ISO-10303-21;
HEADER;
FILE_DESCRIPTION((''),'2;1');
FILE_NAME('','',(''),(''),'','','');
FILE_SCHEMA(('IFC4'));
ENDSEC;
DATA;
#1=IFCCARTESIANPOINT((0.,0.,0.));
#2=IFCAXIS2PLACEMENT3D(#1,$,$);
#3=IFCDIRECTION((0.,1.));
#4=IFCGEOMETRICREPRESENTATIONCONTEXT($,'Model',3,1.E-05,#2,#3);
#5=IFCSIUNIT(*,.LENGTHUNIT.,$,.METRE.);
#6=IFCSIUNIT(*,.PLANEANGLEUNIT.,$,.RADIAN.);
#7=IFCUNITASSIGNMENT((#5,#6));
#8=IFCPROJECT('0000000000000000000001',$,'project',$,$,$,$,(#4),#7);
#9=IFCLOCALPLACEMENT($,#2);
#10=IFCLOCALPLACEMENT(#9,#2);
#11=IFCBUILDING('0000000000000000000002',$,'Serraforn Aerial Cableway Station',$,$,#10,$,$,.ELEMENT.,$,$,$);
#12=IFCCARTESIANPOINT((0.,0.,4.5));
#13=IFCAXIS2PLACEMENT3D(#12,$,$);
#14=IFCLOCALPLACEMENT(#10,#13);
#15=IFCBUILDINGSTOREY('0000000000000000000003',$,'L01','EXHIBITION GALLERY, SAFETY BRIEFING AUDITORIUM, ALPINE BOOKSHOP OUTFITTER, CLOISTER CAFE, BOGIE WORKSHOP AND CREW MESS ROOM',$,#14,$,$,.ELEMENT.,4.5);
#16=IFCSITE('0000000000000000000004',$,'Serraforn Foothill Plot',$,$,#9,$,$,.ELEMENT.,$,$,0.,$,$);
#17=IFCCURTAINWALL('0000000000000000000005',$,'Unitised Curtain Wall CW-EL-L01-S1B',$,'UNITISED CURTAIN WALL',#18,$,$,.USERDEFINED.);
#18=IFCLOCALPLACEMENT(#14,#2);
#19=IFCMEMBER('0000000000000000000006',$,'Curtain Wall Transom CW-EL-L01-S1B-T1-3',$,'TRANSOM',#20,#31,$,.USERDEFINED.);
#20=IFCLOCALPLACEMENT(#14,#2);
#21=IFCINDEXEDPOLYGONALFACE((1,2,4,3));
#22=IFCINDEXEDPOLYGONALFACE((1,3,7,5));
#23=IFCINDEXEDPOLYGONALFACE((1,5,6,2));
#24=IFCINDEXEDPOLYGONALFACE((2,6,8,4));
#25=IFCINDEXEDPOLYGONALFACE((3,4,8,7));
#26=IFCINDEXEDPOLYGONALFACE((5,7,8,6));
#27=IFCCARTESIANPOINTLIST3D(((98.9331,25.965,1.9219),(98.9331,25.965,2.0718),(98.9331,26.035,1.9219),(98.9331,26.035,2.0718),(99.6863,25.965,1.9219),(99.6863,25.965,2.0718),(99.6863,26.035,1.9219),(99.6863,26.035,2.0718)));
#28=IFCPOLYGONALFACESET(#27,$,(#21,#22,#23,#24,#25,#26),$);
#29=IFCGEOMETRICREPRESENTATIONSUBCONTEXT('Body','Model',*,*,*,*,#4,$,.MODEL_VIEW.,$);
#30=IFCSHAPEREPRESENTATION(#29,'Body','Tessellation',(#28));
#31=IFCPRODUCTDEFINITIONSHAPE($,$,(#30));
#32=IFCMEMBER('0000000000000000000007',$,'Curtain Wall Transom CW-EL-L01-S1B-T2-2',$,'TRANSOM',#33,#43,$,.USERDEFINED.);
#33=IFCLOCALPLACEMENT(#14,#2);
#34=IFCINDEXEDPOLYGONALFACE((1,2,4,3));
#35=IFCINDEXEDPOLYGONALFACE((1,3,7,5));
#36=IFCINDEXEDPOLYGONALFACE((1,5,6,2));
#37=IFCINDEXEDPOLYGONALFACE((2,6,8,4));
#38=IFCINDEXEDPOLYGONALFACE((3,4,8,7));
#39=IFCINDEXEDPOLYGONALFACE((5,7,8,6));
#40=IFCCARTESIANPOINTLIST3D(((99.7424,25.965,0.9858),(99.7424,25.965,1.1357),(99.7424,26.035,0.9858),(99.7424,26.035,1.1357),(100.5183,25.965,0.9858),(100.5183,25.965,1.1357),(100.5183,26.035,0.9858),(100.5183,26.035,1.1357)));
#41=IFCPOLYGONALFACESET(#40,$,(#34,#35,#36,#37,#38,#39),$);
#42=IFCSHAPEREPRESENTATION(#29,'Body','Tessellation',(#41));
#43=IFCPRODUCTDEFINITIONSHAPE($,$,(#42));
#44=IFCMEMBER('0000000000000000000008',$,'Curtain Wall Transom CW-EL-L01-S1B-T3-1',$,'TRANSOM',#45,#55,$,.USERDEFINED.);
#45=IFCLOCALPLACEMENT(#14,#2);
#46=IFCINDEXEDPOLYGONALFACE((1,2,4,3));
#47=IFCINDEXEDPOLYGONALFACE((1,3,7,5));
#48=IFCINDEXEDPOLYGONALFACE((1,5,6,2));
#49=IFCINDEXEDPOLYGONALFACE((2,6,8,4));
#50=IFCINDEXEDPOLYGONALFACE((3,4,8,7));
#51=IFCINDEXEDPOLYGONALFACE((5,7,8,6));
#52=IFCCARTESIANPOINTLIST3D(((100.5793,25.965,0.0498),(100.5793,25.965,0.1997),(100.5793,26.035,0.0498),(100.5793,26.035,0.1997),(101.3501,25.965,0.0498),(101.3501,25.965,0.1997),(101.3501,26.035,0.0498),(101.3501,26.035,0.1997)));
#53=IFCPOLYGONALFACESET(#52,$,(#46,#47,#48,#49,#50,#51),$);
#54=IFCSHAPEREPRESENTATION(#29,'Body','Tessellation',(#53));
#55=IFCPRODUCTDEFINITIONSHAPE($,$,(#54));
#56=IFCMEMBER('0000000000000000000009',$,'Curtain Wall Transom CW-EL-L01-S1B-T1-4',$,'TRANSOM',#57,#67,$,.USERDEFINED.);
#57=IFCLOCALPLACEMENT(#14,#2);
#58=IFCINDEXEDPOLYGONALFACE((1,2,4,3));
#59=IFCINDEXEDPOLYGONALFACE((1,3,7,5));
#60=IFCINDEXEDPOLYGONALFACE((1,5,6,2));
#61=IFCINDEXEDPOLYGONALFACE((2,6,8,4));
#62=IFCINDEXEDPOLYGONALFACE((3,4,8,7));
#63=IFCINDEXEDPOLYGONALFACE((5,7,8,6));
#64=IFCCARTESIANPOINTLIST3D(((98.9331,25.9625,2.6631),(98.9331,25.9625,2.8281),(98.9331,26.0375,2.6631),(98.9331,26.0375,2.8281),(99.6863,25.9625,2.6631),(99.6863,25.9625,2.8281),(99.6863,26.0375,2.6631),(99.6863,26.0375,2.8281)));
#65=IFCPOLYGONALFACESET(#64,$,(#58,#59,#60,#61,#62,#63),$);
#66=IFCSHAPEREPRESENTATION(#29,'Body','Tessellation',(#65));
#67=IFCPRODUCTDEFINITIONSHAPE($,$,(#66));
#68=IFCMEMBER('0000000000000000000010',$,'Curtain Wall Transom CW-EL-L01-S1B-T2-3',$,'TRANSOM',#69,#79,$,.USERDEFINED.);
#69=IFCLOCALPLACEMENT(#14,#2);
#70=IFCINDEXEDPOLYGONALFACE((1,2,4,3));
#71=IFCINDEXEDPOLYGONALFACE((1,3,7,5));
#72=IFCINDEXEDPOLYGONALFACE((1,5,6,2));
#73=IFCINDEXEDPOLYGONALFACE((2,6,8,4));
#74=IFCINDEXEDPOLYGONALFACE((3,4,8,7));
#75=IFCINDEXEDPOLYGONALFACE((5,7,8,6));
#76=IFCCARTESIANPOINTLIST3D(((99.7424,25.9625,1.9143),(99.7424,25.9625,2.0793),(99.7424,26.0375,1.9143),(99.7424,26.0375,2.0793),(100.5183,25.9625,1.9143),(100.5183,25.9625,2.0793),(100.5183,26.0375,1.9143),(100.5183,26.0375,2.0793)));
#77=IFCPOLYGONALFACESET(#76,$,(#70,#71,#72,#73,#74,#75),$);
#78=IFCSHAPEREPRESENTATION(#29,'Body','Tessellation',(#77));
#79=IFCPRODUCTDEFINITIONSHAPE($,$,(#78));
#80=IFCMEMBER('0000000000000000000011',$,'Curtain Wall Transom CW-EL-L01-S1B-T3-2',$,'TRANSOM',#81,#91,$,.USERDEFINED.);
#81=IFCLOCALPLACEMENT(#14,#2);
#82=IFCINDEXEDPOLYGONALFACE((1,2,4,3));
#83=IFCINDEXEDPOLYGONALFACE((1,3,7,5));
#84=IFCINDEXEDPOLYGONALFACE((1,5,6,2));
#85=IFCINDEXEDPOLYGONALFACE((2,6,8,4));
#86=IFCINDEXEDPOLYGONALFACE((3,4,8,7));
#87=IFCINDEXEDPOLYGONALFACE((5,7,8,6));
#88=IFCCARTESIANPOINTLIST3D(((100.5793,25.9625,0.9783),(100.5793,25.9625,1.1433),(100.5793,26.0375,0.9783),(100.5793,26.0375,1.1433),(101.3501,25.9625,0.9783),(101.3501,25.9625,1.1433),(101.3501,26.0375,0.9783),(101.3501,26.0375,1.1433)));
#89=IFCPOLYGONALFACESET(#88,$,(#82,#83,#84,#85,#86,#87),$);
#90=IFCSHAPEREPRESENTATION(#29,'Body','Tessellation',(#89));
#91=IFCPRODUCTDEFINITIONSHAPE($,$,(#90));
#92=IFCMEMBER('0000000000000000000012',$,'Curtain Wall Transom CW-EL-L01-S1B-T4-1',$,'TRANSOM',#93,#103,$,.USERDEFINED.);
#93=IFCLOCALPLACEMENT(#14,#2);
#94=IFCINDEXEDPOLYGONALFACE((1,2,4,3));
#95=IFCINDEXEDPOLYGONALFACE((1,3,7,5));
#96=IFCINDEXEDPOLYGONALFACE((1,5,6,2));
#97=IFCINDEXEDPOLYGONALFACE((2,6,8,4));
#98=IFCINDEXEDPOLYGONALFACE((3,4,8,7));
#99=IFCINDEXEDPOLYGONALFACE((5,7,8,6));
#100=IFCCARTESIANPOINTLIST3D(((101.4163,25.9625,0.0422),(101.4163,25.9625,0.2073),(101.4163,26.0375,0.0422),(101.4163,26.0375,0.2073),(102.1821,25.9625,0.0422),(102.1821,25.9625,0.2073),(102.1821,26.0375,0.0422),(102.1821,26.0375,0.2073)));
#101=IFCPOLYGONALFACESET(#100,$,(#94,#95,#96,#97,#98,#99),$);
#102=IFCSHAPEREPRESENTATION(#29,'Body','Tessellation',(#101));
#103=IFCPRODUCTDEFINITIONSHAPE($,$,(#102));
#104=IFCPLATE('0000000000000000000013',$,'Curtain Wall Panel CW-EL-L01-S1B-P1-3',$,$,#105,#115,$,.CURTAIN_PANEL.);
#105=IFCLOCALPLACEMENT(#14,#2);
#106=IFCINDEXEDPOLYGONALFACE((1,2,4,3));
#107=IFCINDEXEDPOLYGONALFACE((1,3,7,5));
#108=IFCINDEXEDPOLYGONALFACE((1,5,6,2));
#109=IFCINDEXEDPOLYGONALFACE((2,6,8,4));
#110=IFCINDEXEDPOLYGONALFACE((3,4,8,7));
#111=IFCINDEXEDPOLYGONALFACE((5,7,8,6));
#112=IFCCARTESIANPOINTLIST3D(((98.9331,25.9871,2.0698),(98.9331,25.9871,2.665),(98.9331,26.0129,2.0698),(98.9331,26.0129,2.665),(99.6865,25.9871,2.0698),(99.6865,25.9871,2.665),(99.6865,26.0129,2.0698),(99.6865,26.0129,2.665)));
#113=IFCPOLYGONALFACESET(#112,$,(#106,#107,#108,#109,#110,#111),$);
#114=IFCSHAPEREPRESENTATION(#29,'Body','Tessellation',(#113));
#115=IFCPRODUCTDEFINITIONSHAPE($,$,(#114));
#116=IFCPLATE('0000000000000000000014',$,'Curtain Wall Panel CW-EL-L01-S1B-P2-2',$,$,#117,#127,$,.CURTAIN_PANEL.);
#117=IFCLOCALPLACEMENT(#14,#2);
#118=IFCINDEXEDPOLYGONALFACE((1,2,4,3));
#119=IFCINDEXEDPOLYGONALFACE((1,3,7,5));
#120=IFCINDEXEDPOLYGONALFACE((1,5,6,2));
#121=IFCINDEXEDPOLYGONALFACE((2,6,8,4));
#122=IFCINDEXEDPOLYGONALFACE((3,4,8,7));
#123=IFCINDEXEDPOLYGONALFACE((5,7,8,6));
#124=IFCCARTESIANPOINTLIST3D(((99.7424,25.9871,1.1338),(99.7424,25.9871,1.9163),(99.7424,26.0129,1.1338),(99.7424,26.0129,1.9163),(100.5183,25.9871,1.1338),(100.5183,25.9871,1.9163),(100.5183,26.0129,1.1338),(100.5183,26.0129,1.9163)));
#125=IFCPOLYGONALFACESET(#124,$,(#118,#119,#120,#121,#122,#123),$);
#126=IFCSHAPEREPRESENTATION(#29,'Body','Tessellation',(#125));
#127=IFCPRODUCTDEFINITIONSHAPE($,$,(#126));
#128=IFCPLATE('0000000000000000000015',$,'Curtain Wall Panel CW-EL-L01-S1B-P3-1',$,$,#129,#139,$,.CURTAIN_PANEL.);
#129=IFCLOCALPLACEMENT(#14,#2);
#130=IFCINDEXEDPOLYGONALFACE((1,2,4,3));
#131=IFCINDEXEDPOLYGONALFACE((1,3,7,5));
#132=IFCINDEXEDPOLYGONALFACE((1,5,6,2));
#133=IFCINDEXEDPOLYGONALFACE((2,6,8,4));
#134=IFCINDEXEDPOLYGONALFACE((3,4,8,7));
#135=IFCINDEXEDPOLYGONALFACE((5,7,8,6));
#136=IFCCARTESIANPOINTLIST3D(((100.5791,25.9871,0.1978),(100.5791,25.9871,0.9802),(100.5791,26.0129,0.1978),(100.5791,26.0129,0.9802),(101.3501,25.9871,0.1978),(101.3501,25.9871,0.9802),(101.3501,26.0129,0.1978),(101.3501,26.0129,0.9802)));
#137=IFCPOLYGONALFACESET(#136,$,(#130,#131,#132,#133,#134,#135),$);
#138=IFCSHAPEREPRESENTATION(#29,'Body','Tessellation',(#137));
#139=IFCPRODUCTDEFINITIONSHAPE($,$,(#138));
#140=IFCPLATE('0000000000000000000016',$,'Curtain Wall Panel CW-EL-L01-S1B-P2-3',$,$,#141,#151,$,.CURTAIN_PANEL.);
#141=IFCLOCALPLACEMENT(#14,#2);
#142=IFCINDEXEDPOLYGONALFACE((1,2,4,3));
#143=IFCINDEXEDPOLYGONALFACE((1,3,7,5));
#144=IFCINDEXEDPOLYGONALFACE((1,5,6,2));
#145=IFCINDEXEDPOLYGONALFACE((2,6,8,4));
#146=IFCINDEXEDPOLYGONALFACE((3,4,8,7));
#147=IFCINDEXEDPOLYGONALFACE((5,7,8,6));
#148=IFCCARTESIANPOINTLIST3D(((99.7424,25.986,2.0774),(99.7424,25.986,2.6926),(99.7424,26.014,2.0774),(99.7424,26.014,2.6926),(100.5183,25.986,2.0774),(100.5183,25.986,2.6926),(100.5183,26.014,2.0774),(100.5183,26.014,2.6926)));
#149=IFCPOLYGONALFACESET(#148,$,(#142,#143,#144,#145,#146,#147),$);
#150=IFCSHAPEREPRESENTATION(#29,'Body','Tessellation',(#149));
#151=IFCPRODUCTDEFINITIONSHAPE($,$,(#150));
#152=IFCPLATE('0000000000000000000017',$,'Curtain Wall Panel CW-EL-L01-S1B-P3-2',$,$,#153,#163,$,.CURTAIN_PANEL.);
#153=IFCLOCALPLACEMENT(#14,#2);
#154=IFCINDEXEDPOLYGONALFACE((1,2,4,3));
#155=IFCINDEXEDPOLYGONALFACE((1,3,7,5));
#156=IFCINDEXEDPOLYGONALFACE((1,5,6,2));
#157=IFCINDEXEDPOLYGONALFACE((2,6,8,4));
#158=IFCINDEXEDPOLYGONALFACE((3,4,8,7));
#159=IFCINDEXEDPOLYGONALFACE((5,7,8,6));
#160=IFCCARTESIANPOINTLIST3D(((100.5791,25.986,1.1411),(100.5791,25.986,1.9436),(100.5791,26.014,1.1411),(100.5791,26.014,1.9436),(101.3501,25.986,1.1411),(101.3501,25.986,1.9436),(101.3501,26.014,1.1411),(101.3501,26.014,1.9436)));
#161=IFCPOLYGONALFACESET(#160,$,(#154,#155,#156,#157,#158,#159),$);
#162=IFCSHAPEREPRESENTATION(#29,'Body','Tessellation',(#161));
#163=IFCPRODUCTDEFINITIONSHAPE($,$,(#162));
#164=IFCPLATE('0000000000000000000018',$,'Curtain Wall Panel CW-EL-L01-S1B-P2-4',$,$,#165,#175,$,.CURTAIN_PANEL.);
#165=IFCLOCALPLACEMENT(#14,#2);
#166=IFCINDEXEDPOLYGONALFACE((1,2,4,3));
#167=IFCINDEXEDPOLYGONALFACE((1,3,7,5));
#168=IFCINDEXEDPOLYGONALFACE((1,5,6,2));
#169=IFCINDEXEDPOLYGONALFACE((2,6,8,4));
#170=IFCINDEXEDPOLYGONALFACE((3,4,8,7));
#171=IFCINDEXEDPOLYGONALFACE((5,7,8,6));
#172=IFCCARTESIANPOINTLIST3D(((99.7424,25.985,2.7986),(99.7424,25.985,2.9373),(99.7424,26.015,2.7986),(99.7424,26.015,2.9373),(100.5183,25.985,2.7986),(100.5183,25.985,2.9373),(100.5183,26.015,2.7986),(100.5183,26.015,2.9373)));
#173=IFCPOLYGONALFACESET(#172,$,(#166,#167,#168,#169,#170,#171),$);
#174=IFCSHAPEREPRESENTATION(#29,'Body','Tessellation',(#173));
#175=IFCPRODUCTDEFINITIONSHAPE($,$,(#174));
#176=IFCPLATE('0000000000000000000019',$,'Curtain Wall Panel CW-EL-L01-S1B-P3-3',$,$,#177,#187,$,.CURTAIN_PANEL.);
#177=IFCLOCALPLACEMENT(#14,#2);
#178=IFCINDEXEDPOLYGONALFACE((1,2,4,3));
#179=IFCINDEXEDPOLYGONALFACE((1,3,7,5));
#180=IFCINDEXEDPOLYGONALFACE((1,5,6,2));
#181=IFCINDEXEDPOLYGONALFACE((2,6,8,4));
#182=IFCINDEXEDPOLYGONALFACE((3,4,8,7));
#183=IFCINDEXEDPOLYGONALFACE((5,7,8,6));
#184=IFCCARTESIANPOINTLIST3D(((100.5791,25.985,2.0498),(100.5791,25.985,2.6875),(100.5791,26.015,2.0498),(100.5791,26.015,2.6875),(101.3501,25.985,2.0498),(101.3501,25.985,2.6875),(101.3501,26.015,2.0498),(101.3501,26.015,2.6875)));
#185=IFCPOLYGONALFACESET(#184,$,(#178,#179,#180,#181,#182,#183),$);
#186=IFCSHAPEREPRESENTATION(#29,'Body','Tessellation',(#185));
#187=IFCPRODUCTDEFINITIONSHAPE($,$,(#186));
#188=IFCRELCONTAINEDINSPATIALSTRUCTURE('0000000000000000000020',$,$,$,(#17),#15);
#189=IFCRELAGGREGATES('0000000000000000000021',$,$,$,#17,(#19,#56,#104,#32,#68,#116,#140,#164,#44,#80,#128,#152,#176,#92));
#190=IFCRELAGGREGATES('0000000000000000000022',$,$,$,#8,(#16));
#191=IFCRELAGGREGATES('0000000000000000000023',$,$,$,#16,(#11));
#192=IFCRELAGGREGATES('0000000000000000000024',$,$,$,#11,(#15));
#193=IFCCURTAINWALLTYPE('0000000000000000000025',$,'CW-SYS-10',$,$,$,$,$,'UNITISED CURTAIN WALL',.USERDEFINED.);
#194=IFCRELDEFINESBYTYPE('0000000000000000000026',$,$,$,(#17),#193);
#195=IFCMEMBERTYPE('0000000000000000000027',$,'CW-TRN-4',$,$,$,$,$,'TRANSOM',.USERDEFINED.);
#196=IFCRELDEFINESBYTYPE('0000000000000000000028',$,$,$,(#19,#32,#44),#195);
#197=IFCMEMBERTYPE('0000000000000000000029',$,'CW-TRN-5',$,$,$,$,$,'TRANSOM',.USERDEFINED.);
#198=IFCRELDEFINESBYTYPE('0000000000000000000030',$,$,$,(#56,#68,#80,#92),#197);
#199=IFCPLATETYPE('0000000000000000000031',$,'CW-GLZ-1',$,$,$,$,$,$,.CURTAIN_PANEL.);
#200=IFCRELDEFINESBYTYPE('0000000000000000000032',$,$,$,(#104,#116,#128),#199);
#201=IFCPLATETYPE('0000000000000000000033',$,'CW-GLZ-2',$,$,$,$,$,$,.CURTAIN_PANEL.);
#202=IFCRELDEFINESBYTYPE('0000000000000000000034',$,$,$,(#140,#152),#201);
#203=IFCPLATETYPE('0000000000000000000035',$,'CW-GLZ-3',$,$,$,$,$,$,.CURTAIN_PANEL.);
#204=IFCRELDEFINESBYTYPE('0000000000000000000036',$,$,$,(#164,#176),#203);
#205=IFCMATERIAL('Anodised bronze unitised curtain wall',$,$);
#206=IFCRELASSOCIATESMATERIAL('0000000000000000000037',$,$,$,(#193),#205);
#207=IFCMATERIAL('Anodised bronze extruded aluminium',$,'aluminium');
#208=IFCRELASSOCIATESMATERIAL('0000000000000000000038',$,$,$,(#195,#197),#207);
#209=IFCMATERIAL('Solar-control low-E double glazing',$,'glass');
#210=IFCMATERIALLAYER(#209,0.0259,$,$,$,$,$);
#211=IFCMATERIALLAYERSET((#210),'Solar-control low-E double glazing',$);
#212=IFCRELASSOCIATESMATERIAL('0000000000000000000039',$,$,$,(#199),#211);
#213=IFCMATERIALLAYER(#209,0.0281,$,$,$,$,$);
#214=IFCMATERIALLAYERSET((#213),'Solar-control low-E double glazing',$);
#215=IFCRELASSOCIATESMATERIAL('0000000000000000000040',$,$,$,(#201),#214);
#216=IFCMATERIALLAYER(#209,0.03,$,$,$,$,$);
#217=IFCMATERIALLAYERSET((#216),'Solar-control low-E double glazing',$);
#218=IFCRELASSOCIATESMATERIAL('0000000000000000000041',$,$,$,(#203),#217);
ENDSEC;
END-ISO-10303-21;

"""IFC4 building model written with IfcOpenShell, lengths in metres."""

from ifc_helpers import new_model, si_unit, direction, frame, origin, origin_2d, place, context, subcontext, project, spatial, rectangle, extrude, material, layer, layer_set, material_profile, profile_set, type_object, element, aggregate, save


model = new_model("IFC4")

# Units and contexts
model_context = context("Model", 3, precision=1e-05, world=origin(), true_north=direction((0.0, 1.0)))
body_context = subcontext(model_context, "Body", "Model", "MODEL_VIEW")
ifc_project = project(units=[si_unit("LENGTHUNIT", "METRE"), si_unit("PLANEANGLEUNIT", "RADIAN")], contexts=[model_context])

# Site, building, storey
site_placement = place(None, origin())
site = spatial("IfcSite", under=ifc_project, at=site_placement, Name="Serraforn Foothill Plot", CompositionType="ELEMENT", RefElevation=0.0)
building_placement = place(site_placement, origin())
building = spatial("IfcBuilding", under=site, at=building_placement, Name="Serraforn Aerial Cableway Station", CompositionType="ELEMENT")
storey_placement = place(building_placement, frame((0.0, 0.0, 4.5)))
storey = spatial("IfcBuildingStorey", under=building, at=storey_placement, Name="L01", Description="EXHIBITION GALLERY, SAFETY BRIEFING AUDITORIUM, ALPINE BOOKSHOP OUTFITTER, CLOISTER CAFE, BOGIE WORKSHOP AND CREW MESS ROOM", CompositionType="ELEMENT", Elevation=4.5)

# Curtain wall, members, plates
ifc_material_1 = material(Name="Anodised bronze unitised curtain wall")
curtain_wall_type = type_object("IfcCurtainWallType", Name="CW-SYS-10", ElementType="UNITISED CURTAIN WALL", PredefinedType="USERDEFINED", material=ifc_material_1)
curtain_wall_placement = place(storey_placement, origin())
curtain_wall = element("IfcCurtainWall", 1, at=curtain_wall_placement, inside=storey, type_object=curtain_wall_type, Name="Unitised Curtain Wall CW-EL-L01-S1B", ObjectType="UNITISED CURTAIN WALL", PredefinedType="USERDEFINED")
ifc_material_2 = material(Name="Anodised bronze extruded aluminium", Category="aluminium")
ifc_material_profile_1 = material_profile(ifc_material_2, rectangle(XDim=0.0701, YDim=0.1499, at=origin_2d()), Name="CW TRANSOM 70x150")
ifc_profile_set_1 = profile_set([ifc_material_profile_1], Name="Anodised bronze extruded aluminium")
member_type_1 = type_object("IfcMemberType", Name="CW-TRN-4", ElementType="TRANSOM", PredefinedType="USERDEFINED", material=ifc_profile_set_1)
member_1_placement = place(storey_placement, frame((98.9331, 26.0, 1.9968), z_axis=(1.0, 0.0, 0.0), x_axis=(0.0, 1.0, 0.0)))
member_1 = element("IfcMember", 2, at=member_1_placement, type_object=member_type_1, Name="Curtain Wall Transom CW-EL-L01-S1B-T1-3", ObjectType="TRANSOM", PredefinedType="USERDEFINED", context=body_context, shape_type="SweptSolid", body=[
    extrude(rectangle(XDim=0.0701, YDim=0.1499, at=origin_2d()), origin(), (0.0, 0.0, 1.0), 0.7532),
])
member_2_placement = place(storey_placement, frame((99.7424, 26.0, 1.0608), z_axis=(1.0, 0.0, 0.0), x_axis=(0.0, 1.0, 0.0)))
member_2 = element("IfcMember", 3, at=member_2_placement, type_object=member_type_1, Name="Curtain Wall Transom CW-EL-L01-S1B-T2-2", ObjectType="TRANSOM", PredefinedType="USERDEFINED", context=body_context, shape_type="SweptSolid", body=[
    extrude(rectangle(XDim=0.0701, YDim=0.1499, at=origin_2d()), origin(), (0.0, 0.0, 1.0), 0.7759),
])
member_3_placement = place(storey_placement, frame((100.5793, 26.0, 0.1248), z_axis=(1.0, 0.0, 0.0), x_axis=(0.0, 1.0, 0.0)))
member_3 = element("IfcMember", 4, at=member_3_placement, type_object=member_type_1, Name="Curtain Wall Transom CW-EL-L01-S1B-T3-1", ObjectType="TRANSOM", PredefinedType="USERDEFINED", context=body_context, shape_type="SweptSolid", body=[
    extrude(rectangle(XDim=0.0701, YDim=0.1499, at=origin_2d()), origin(), (0.0, 0.0, 1.0), 0.7708),
])
ifc_material_profile_2 = material_profile(ifc_material_2, rectangle(XDim=0.075, YDim=0.165, at=origin_2d()), Name="CW TRANSOM 75x165")
ifc_profile_set_2 = profile_set([ifc_material_profile_2], Name="Anodised bronze extruded aluminium")
member_type_2 = type_object("IfcMemberType", Name="CW-TRN-5", ElementType="TRANSOM", PredefinedType="USERDEFINED", material=ifc_profile_set_2)
member_4_placement = place(storey_placement, frame((98.9331, 26.0, 2.7456), z_axis=(1.0, 0.0, 0.0), x_axis=(0.0, 1.0, 0.0)))
member_4 = element("IfcMember", 5, at=member_4_placement, type_object=member_type_2, Name="Curtain Wall Transom CW-EL-L01-S1B-T1-4", ObjectType="TRANSOM", PredefinedType="USERDEFINED", context=body_context, shape_type="SweptSolid", body=[
    extrude(rectangle(XDim=0.075, YDim=0.165, at=origin_2d()), origin(), (0.0, 0.0, 1.0), 0.7532),
])
member_5_placement = place(storey_placement, frame((99.7424, 26.0, 1.9968), z_axis=(1.0, 0.0, 0.0), x_axis=(0.0, 1.0, 0.0)))
member_5 = element("IfcMember", 6, at=member_5_placement, type_object=member_type_2, Name="Curtain Wall Transom CW-EL-L01-S1B-T2-3", ObjectType="TRANSOM", PredefinedType="USERDEFINED", context=body_context, shape_type="SweptSolid", body=[
    extrude(rectangle(XDim=0.075, YDim=0.165, at=origin_2d()), origin(), (0.0, 0.0, 1.0), 0.7759),
])
member_6_placement = place(storey_placement, frame((100.5793, 26.0, 1.0608), z_axis=(1.0, 0.0, 0.0), x_axis=(0.0, 1.0, 0.0)))
member_6 = element("IfcMember", 7, at=member_6_placement, type_object=member_type_2, Name="Curtain Wall Transom CW-EL-L01-S1B-T3-2", ObjectType="TRANSOM", PredefinedType="USERDEFINED", context=body_context, shape_type="SweptSolid", body=[
    extrude(rectangle(XDim=0.075, YDim=0.165, at=origin_2d()), origin(), (0.0, 0.0, 1.0), 0.7708),
])
member_7_placement = place(storey_placement, frame((101.4163, 26.0, 0.1248), z_axis=(1.0, 0.0, 0.0), x_axis=(0.0, 1.0, 0.0)))
member_7 = element("IfcMember", 8, at=member_7_placement, type_object=member_type_2, Name="Curtain Wall Transom CW-EL-L01-S1B-T4-1", ObjectType="TRANSOM", PredefinedType="USERDEFINED", context=body_context, shape_type="SweptSolid", body=[
    extrude(rectangle(XDim=0.075, YDim=0.165, at=origin_2d()), origin(), (0.0, 0.0, 1.0), 0.7659),
])
ifc_material_3 = material(Name="Solar-control low-E double glazing", Category="glass")
ifc_layer_1 = layer(ifc_material_3, 0.0259)
ifc_layer_set_1 = layer_set([ifc_layer_1], Name="Solar-control low-E double glazing")
plate_type_1 = type_object("IfcPlateType", Name="CW-GLZ-1", PredefinedType="CURTAIN_PANEL", material=ifc_layer_set_1)
plate_1_placement = place(storey_placement, frame((99.3098, 26.0, 2.0698), z_axis=(0.0, 0.0, 1.0), x_axis=(1.0, 0.0, 0.0)))
plate_1 = element("IfcPlate", 9, at=plate_1_placement, type_object=plate_type_1, Name="Curtain Wall Panel CW-EL-L01-S1B-P1-3", PredefinedType="CURTAIN_PANEL", context=body_context, shape_type="SweptSolid", body=[
    extrude(rectangle(XDim=0.7534, YDim=0.0259, at=origin_2d()), origin(), (0.0, 0.0, 1.0), 0.5952),
])
plate_2_placement = place(storey_placement, frame((100.1304, 26.0, 1.1338), z_axis=(0.0, 0.0, 1.0), x_axis=(1.0, 0.0, 0.0)))
plate_2 = element("IfcPlate", 10, at=plate_2_placement, type_object=plate_type_1, Name="Curtain Wall Panel CW-EL-L01-S1B-P2-2", PredefinedType="CURTAIN_PANEL", context=body_context, shape_type="SweptSolid", body=[
    extrude(rectangle(XDim=0.7759, YDim=0.0259, at=origin_2d()), origin(), (0.0, 0.0, 1.0), 0.7825),
])
plate_3_placement = place(storey_placement, frame((100.9646, 26.0, 0.1978), z_axis=(0.0, 0.0, 1.0), x_axis=(1.0, 0.0, 0.0)))
plate_3 = element("IfcPlate", 11, at=plate_3_placement, type_object=plate_type_1, Name="Curtain Wall Panel CW-EL-L01-S1B-P3-1", PredefinedType="CURTAIN_PANEL", context=body_context, shape_type="SweptSolid", body=[
    extrude(rectangle(XDim=0.771, YDim=0.0259, at=origin_2d()), origin(), (0.0, 0.0, 1.0), 0.7825),
])
ifc_layer_2 = layer(ifc_material_3, 0.0281)
ifc_layer_set_2 = layer_set([ifc_layer_2], Name="Solar-control low-E double glazing")
plate_type_2 = type_object("IfcPlateType", Name="CW-GLZ-2", PredefinedType="CURTAIN_PANEL", material=ifc_layer_set_2)
plate_4_placement = place(storey_placement, frame((100.1304, 26.0, 2.0774), z_axis=(0.0, 0.0, 1.0), x_axis=(1.0, 0.0, 0.0)))
plate_4 = element("IfcPlate", 12, at=plate_4_placement, type_object=plate_type_2, Name="Curtain Wall Panel CW-EL-L01-S1B-P2-3", PredefinedType="CURTAIN_PANEL", context=body_context, shape_type="SweptSolid", body=[
    extrude(rectangle(XDim=0.7759, YDim=0.0281, at=origin_2d()), origin(), (0.0, 0.0, 1.0), 0.6152),
])
plate_5_placement = place(storey_placement, frame((100.9646, 26.0, 1.1411), z_axis=(0.0, 0.0, 1.0), x_axis=(1.0, 0.0, 0.0)))
plate_5 = element("IfcPlate", 13, at=plate_5_placement, type_object=plate_type_2, Name="Curtain Wall Panel CW-EL-L01-S1B-P3-2", PredefinedType="CURTAIN_PANEL", context=body_context, shape_type="SweptSolid", body=[
    extrude(rectangle(XDim=0.771, YDim=0.0281, at=origin_2d()), origin(), (0.0, 0.0, 1.0), 0.8025),
])
ifc_layer_3 = layer(ifc_material_3, 0.03)
ifc_layer_set_3 = layer_set([ifc_layer_3], Name="Solar-control low-E double glazing")
plate_type_3 = type_object("IfcPlateType", Name="CW-GLZ-3", PredefinedType="CURTAIN_PANEL", material=ifc_layer_set_3)
plate_6_placement = place(storey_placement, frame((100.1304, 26.0, 2.7986), z_axis=(0.0, 0.0, 1.0), x_axis=(1.0, 0.0, 0.0)))
plate_6 = element("IfcPlate", 14, at=plate_6_placement, type_object=plate_type_3, Name="Curtain Wall Panel CW-EL-L01-S1B-P2-4", PredefinedType="CURTAIN_PANEL", context=body_context, shape_type="SweptSolid", body=[
    extrude(rectangle(XDim=0.7759, YDim=0.03, at=origin_2d()), origin(), (0.0, 0.0, 1.0), 0.1387),
])
plate_7_placement = place(storey_placement, frame((100.9646, 26.0, 2.0498), z_axis=(0.0, 0.0, 1.0), x_axis=(1.0, 0.0, 0.0)))
plate_7 = element("IfcPlate", 15, at=plate_7_placement, type_object=plate_type_3, Name="Curtain Wall Panel CW-EL-L01-S1B-P3-3", PredefinedType="CURTAIN_PANEL", context=body_context, shape_type="SweptSolid", body=[
    extrude(rectangle(XDim=0.771, YDim=0.03, at=origin_2d()), origin(), (0.0, 0.0, 1.0), 0.6377),
])
aggregate(curtain_wall, [member_1, member_4, plate_1, member_2, member_5, plate_2, plate_4, plate_6, member_3, member_6, plate_3, plate_5, plate_7, member_7])

save(model, "model.ifc")
